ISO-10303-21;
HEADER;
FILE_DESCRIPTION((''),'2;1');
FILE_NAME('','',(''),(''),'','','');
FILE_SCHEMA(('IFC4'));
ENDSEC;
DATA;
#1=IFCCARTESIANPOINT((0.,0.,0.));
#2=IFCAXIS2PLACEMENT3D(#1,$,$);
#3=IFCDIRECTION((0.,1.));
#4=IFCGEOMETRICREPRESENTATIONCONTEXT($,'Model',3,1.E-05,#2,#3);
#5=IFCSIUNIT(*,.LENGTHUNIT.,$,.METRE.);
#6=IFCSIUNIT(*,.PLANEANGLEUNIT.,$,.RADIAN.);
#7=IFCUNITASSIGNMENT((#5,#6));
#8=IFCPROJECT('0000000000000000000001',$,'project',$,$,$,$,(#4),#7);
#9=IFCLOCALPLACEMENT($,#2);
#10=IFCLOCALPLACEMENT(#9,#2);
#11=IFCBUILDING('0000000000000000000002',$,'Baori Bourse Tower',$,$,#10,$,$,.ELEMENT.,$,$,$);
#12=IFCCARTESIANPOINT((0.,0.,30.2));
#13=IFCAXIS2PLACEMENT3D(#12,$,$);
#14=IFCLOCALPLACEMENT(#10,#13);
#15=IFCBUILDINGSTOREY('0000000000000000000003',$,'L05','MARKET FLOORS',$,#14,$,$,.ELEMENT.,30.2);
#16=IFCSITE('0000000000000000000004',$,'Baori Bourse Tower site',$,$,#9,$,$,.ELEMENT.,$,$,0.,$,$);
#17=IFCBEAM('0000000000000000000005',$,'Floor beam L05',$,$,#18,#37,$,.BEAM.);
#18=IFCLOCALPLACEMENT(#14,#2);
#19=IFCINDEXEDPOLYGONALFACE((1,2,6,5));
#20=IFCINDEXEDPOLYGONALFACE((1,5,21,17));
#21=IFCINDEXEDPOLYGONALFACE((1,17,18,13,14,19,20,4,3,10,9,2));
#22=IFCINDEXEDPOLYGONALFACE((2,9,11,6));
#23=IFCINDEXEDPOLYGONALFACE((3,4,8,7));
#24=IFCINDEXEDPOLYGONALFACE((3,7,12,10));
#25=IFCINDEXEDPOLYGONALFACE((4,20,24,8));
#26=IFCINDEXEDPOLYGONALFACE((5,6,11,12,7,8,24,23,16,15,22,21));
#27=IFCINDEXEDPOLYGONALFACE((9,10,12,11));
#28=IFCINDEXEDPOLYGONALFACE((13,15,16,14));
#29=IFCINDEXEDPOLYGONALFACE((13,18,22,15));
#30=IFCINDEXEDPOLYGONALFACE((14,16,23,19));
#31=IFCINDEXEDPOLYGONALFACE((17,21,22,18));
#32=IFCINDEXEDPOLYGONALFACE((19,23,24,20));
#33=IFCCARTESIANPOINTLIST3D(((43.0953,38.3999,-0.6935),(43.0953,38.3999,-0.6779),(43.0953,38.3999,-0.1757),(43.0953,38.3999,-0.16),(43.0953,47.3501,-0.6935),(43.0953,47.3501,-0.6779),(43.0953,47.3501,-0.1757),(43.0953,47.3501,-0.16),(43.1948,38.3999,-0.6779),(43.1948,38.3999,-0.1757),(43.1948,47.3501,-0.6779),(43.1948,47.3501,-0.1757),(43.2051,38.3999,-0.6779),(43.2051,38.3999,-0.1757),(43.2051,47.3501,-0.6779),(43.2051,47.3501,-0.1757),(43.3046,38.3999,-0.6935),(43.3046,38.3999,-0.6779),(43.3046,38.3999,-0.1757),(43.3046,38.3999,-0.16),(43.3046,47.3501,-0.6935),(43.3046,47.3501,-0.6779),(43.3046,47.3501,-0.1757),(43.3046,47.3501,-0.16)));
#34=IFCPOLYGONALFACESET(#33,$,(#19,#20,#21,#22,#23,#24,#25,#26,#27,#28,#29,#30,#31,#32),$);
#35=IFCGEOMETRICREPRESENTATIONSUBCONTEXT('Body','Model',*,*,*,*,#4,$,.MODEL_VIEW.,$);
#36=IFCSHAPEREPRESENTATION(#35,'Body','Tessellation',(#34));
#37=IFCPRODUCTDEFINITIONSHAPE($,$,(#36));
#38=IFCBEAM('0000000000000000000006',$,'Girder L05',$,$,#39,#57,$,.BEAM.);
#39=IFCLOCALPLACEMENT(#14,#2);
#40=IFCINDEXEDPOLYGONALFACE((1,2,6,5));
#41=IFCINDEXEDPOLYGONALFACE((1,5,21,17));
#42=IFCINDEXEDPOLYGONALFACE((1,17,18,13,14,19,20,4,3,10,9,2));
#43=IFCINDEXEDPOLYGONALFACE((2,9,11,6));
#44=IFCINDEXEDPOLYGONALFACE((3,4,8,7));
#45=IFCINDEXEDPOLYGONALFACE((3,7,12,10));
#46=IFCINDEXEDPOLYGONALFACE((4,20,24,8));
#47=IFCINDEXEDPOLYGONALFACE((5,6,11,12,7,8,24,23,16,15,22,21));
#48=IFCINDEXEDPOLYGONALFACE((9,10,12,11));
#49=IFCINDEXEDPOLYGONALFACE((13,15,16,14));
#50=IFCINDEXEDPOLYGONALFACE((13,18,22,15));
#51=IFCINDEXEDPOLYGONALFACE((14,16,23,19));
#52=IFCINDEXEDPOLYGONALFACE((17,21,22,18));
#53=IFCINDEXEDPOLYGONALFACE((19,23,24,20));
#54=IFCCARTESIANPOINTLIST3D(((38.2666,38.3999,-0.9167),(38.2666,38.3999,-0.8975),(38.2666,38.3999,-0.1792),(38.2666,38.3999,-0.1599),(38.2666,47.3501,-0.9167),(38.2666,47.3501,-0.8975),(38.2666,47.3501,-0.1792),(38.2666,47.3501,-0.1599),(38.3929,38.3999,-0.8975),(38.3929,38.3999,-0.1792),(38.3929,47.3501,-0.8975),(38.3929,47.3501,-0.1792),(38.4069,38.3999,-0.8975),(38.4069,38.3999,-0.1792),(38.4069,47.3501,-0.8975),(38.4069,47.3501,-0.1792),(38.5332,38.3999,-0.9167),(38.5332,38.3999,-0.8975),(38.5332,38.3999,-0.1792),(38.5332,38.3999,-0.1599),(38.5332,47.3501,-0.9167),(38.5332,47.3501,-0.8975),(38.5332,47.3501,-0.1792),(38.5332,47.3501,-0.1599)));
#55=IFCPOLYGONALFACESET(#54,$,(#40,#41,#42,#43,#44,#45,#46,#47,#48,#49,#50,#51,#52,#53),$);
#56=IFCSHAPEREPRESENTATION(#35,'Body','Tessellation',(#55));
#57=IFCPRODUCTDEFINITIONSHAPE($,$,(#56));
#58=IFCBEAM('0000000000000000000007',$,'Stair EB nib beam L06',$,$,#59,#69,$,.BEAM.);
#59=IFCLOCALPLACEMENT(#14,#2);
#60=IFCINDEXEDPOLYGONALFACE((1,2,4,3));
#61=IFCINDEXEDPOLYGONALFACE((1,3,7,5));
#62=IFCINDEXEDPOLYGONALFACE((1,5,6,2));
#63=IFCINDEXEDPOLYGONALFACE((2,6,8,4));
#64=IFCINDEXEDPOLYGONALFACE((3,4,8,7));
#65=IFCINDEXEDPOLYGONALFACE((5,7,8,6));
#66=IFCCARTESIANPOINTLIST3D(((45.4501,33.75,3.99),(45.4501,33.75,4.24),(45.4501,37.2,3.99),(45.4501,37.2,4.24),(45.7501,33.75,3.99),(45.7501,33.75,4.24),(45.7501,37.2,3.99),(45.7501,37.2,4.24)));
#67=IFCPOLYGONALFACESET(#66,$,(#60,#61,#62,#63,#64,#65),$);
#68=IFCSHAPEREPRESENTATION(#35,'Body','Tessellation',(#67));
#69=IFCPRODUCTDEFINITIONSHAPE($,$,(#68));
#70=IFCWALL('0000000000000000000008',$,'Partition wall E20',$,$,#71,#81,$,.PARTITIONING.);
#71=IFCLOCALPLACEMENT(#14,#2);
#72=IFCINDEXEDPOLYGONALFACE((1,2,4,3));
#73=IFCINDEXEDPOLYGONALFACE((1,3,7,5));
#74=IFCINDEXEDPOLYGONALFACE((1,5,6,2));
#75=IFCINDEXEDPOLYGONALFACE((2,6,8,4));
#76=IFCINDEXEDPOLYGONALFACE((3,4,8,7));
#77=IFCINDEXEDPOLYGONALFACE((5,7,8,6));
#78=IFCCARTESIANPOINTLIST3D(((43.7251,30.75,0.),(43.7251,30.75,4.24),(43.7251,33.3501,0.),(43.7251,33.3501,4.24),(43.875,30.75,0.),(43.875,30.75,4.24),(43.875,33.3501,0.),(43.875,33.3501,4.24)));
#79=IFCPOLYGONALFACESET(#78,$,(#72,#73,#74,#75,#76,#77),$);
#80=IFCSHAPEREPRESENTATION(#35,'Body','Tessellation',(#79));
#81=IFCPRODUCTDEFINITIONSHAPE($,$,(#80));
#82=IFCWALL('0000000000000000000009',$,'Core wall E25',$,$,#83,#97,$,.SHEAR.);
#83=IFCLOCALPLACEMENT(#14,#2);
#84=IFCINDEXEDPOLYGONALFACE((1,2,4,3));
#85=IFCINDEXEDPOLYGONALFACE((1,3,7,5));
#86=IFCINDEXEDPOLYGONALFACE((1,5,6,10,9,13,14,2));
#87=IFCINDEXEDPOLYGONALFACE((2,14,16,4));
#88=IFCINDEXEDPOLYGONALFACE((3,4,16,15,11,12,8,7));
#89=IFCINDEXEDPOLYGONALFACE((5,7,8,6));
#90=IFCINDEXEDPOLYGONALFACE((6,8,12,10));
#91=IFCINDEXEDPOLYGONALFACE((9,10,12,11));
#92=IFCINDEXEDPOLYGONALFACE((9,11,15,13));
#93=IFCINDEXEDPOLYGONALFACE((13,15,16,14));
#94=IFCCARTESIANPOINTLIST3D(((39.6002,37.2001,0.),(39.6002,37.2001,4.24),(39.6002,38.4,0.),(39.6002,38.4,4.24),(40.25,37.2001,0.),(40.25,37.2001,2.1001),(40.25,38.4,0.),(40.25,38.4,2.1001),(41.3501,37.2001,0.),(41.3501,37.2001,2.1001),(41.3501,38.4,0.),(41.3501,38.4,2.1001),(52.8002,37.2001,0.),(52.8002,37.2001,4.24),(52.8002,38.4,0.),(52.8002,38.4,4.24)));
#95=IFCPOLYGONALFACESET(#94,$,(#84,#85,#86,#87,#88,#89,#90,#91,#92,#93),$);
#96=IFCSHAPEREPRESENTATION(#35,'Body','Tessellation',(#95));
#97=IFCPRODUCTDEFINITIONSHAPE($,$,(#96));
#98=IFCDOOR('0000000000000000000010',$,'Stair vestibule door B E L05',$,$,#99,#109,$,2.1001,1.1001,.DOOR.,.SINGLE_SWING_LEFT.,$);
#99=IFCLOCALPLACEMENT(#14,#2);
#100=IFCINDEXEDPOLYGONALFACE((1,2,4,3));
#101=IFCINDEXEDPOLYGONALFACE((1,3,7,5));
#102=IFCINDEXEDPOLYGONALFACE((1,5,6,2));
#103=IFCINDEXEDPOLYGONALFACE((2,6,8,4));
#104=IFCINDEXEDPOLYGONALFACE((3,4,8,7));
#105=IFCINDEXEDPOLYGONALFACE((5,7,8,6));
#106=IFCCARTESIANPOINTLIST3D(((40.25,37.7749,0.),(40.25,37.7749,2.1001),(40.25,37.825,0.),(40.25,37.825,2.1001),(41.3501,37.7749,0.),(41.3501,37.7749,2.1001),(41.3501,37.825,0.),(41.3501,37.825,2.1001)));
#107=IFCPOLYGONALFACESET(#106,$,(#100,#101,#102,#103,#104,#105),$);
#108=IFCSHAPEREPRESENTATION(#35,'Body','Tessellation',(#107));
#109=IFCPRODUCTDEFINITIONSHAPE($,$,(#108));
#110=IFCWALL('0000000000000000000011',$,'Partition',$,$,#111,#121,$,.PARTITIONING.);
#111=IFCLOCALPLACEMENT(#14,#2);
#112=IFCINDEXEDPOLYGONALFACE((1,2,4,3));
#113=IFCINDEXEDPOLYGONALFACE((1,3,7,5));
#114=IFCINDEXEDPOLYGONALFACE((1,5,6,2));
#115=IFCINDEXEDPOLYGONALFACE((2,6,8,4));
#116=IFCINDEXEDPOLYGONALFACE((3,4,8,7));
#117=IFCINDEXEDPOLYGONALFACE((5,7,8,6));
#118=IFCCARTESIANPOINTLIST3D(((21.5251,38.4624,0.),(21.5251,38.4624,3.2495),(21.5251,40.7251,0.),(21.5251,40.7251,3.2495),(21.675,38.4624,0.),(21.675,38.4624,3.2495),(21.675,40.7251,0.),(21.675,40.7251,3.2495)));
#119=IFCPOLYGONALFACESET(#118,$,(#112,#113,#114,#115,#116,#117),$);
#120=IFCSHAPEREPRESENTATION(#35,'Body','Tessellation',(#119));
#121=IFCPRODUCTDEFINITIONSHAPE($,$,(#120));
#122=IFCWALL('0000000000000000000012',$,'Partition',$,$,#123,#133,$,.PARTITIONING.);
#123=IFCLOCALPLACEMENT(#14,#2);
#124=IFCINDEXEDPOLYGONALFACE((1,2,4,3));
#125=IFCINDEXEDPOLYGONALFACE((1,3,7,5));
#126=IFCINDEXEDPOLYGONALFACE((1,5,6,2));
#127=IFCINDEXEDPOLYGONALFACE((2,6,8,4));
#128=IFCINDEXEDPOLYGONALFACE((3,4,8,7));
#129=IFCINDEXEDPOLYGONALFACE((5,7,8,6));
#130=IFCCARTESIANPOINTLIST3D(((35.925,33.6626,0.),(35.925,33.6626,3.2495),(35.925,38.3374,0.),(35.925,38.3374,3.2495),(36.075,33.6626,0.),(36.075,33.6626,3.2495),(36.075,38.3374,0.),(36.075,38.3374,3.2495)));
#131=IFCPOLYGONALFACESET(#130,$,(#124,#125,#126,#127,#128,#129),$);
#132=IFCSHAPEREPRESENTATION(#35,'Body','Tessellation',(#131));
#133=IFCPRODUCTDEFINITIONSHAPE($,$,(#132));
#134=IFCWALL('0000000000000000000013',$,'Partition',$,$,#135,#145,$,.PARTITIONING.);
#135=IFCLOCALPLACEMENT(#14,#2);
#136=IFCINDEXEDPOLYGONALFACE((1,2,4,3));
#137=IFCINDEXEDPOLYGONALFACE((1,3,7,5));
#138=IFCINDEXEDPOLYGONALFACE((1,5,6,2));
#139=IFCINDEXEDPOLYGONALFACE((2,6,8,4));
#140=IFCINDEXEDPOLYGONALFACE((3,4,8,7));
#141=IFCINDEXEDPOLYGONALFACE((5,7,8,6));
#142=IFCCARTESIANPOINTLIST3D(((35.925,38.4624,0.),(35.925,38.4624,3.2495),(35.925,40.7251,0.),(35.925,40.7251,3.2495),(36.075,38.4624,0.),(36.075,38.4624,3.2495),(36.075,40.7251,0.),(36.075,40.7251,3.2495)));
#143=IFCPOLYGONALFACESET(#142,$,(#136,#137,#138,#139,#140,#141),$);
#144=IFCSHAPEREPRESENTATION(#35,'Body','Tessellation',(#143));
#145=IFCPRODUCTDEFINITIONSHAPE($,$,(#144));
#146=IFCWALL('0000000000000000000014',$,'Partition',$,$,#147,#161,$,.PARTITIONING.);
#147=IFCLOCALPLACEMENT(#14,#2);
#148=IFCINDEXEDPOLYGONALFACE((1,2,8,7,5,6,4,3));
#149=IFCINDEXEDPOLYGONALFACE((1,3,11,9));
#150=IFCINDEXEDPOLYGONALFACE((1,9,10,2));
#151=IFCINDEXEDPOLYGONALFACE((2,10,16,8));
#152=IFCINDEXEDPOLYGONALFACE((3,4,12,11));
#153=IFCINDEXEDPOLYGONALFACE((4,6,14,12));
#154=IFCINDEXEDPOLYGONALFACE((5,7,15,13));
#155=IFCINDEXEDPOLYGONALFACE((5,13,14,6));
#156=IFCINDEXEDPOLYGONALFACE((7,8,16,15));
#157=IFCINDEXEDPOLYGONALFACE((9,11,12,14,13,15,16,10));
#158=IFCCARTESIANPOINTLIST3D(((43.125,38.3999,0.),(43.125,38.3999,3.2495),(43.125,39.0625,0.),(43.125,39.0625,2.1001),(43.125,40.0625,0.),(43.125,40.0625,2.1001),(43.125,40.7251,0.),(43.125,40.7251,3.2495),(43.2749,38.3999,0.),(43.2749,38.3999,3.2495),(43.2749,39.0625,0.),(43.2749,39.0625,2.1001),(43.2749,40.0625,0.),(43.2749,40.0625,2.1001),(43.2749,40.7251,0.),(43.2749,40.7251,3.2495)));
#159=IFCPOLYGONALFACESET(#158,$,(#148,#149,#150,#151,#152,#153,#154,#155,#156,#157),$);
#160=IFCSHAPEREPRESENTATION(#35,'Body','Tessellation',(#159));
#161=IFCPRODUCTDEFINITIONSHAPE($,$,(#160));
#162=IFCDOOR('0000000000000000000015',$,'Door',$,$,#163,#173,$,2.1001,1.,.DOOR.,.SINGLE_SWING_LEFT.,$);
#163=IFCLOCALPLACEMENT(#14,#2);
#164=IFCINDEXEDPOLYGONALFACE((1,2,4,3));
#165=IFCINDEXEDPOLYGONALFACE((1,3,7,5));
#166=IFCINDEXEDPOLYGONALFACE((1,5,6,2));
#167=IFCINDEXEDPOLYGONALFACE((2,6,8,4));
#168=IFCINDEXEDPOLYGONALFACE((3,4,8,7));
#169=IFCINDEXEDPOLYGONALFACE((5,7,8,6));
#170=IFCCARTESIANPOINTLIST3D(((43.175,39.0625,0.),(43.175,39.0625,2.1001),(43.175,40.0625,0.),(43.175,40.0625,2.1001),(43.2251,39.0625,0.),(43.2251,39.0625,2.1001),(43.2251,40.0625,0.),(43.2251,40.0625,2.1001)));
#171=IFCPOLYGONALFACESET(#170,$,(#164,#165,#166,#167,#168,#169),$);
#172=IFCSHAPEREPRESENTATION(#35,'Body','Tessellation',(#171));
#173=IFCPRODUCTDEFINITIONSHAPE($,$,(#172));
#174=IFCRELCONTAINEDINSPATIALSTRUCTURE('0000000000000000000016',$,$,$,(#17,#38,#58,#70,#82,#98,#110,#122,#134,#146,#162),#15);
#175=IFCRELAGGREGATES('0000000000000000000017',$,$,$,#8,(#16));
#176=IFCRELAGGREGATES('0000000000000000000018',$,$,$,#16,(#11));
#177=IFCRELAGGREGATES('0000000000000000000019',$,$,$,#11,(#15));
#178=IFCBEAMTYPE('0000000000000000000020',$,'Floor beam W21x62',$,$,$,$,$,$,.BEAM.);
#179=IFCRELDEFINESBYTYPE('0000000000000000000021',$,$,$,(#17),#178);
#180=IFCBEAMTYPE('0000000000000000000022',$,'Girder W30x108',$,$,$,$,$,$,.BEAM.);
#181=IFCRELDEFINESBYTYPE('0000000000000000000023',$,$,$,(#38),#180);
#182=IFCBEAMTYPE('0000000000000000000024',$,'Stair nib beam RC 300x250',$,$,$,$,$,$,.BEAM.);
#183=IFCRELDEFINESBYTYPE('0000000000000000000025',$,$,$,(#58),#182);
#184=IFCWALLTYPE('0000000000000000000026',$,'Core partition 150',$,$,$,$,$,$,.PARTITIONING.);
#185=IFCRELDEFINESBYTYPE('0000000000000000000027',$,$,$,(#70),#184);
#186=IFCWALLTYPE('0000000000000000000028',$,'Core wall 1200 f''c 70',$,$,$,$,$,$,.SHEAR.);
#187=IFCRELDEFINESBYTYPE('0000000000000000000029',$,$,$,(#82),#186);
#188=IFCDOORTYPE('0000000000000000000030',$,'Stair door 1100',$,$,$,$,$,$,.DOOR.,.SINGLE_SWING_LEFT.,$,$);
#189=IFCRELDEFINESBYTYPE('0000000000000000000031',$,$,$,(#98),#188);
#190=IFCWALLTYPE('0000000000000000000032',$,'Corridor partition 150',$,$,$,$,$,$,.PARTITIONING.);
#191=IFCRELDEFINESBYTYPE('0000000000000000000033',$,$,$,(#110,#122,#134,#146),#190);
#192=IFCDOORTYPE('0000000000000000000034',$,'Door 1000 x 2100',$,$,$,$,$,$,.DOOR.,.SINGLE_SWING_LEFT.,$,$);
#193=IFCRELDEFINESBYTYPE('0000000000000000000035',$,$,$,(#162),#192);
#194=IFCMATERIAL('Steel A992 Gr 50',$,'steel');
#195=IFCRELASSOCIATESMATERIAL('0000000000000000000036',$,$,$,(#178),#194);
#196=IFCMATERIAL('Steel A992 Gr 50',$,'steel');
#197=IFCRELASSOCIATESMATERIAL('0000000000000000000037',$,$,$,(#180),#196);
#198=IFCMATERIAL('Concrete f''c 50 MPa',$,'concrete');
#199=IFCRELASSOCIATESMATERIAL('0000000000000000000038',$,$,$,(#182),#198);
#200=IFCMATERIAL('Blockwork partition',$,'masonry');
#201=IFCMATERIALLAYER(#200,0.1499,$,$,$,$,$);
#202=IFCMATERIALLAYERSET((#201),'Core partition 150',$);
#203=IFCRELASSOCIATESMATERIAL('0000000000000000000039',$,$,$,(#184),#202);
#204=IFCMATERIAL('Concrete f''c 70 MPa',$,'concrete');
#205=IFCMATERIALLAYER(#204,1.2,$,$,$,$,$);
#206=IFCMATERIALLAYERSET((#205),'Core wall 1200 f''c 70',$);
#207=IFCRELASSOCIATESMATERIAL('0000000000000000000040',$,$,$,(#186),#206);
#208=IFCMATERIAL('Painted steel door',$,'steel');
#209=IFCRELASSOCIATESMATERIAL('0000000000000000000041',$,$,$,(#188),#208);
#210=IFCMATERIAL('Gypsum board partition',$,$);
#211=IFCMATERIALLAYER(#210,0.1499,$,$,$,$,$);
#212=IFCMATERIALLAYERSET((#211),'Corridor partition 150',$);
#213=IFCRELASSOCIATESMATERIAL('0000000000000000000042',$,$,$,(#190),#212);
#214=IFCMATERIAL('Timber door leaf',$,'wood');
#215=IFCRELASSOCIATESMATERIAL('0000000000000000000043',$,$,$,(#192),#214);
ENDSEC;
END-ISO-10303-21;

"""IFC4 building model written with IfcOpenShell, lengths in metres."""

from ifc_helpers import new_model, si_unit, direction, frame, frame_2d, origin, origin_2d, place, context, subcontext, project, spatial, rectangle, i_section, extrude, material, layer, layer_set, material_profile, profile_set, type_object, element, fill, save


model = new_model("IFC4")

# Units and contexts
model_context = context("Model", 3, precision=1e-05, world=origin(), true_north=direction((0.0, 1.0)))
body_context = subcontext(model_context, "Body", "Model", "MODEL_VIEW")
ifc_project = project(units=[si_unit("LENGTHUNIT", "METRE"), si_unit("PLANEANGLEUNIT", "RADIAN")], contexts=[model_context])

# Site, building, storey
site_placement = place(None, origin())
site = spatial("IfcSite", under=ifc_project, at=site_placement, Name="Baori Bourse Tower site", CompositionType="ELEMENT", RefElevation=0.0)
building_placement = place(site_placement, origin())
building = spatial("IfcBuilding", under=site, at=building_placement, Name="Baori Bourse Tower", CompositionType="ELEMENT")
storey_placement = place(building_placement, frame((0.0, 0.0, 30.2)))
storey = spatial("IfcBuildingStorey", under=building, at=storey_placement, Name="L05", Description="MARKET FLOORS", CompositionType="ELEMENT", Elevation=30.2)

# Beams
ifc_material_1 = material(Name="Steel A992 Gr 50", Category="steel")
ifc_material_profile_1 = material_profile(ifc_material_1, i_section(OverallWidth=0.2092, OverallDepth=0.5334, WebThickness=0.0103, FlangeThickness=0.0156, at=origin_2d()), Name="W21x62")
ifc_profile_set_1 = profile_set([ifc_material_profile_1], Name="Steel A992 Gr 50")
beam_type_1 = type_object("IfcBeamType", Name="Floor beam W21x62", PredefinedType="BEAM", material=ifc_profile_set_1)
beam_1_placement = place(storey_placement, frame((43.2, 38.3999, -0.4268), z_axis=(0.0, 1.0, 0.0), x_axis=(-1.0, 0.0, 0.0)))
element("IfcBeam", 1, at=beam_1_placement, inside=storey, type_object=beam_type_1, Name="Floor beam L05", PredefinedType="BEAM", context=body_context, shape_type="SweptSolid", body=[
    extrude(i_section(OverallWidth=0.2092, OverallDepth=0.5334, WebThickness=0.0103, FlangeThickness=0.0156, at=origin_2d()), origin(), (0.0, 0.0, 1.0), 8.9502),
])
ifc_material_2 = material(Name="Steel A992 Gr 50", Category="steel")
ifc_material_profile_2 = material_profile(ifc_material_2, i_section(OverallWidth=0.2666, OverallDepth=0.7568, WebThickness=0.0139, FlangeThickness=0.0193, at=origin_2d()), Name="W30x108")
ifc_profile_set_2 = profile_set([ifc_material_profile_2], Name="Steel A992 Gr 50")
beam_type_2 = type_object("IfcBeamType", Name="Girder W30x108", PredefinedType="BEAM", material=ifc_profile_set_2)
beam_2_placement = place(storey_placement, frame((38.3999, 38.3999, -0.5383), z_axis=(0.0, 1.0, 0.0), x_axis=(-1.0, 0.0, 0.0)))
element("IfcBeam", 2, at=beam_2_placement, inside=storey, type_object=beam_type_2, Name="Girder L05", PredefinedType="BEAM", context=body_context, shape_type="SweptSolid", body=[
    extrude(i_section(OverallWidth=0.2666, OverallDepth=0.7568, WebThickness=0.0139, FlangeThickness=0.0193, at=origin_2d()), origin(), (0.0, 0.0, 1.0), 8.9502),
])
ifc_material_3 = material(Name="Concrete f'c 50 MPa", Category="concrete")
ifc_material_profile_3 = material_profile(ifc_material_3, rectangle(XDim=0.3, YDim=0.25, at=origin_2d()), Name="RC 300x250")
ifc_profile_set_3 = profile_set([ifc_material_profile_3], Name="Concrete f'c 50 MPa")
beam_type_3 = type_object("IfcBeamType", Name="Stair nib beam RC 300x250", PredefinedType="BEAM", material=ifc_profile_set_3)
beam_3_placement = place(storey_placement, frame((45.6001, 33.75, 4.115), z_axis=(0.0, 1.0, 0.0), x_axis=(-1.0, 0.0, 0.0)))
element("IfcBeam", 3, at=beam_3_placement, inside=storey, type_object=beam_type_3, Name="Stair EB nib beam L06", PredefinedType="BEAM", context=body_context, shape_type="SweptSolid", body=[
    extrude(rectangle(XDim=0.3, YDim=0.25, at=origin_2d()), origin(), (0.0, 0.0, 1.0), 3.45),
])

# Wall
ifc_material_4 = material(Name="Blockwork partition", Category="masonry")
ifc_layer_1 = layer(ifc_material_4, 0.1499)
ifc_layer_set_1 = layer_set([ifc_layer_1], Name="Core partition 150")
wall_type_1 = type_object("IfcWallType", Name="Core partition 150", PredefinedType="PARTITIONING", material=ifc_layer_set_1)
wall_1_placement = place(storey_placement, frame((43.8, 30.75, 0.0), z_axis=(0.0, 0.0, 1.0), x_axis=(0.0, 1.0, 0.0)))
element("IfcWall", 4, at=wall_1_placement, inside=storey, type_object=wall_type_1, Name="Partition wall E20", PredefinedType="PARTITIONING", context=body_context, shape_type="SweptSolid", body=[
    extrude(rectangle(XDim=2.6001, YDim=0.1499, at=frame_2d((1.3, 0.0))), origin(), (0.0, 0.0, 1.0), 4.24),
])

# Wall, opening, door
ifc_material_5 = material(Name="Concrete f'c 70 MPa", Category="concrete")
ifc_layer_2 = layer(ifc_material_5, 1.2)
ifc_layer_set_2 = layer_set([ifc_layer_2], Name="Core wall 1200 f'c 70")
wall_type_2 = type_object("IfcWallType", Name="Core wall 1200 f'c 70", PredefinedType="SHEAR", material=ifc_layer_set_2)
wall_2_placement = place(storey_placement, frame((39.6001, 37.8, 0.0), z_axis=(0.0, 0.0, 1.0), x_axis=(1.0, 0.0, 0.0)))
wall_2 = element("IfcWall", 5, at=wall_2_placement, inside=storey, type_object=wall_type_2, Name="Core wall E25", PredefinedType="SHEAR", context=body_context, shape_type="SweptSolid", body=[
    extrude(rectangle(XDim=13.2, YDim=1.2, at=frame_2d((6.6001, 0.0))), origin(), (0.0, 0.0, 1.0), 4.24),
])
opening_1_placement = place(wall_2_placement, frame((0.6499, 0.0, 0.0)))
opening_1 = element("IfcOpeningElement", 6, at=opening_1_placement, cuts=wall_2, PredefinedType="OPENING", context=body_context, shape_type="SweptSolid", body=[
    extrude(rectangle(XDim=1.1001, YDim=2.1001, at=frame_2d((0.55, 1.05))), frame((0.0, 0.6099, 0.0), z_axis=(0.0, -1.0, 0.0), x_axis=(1.0, 0.0, 0.0)), (0.0, 0.0, 1.0), 1.22),
])
ifc_material_6 = material(Name="Painted steel door", Category="steel")
door_type_1 = type_object("IfcDoorType", Name="Stair door 1100", OperationType="SINGLE_SWING_LEFT", PredefinedType="DOOR", material=ifc_material_6)
door_1_placement = place(opening_1_placement, origin())
door_1 = element("IfcDoor", 7, at=door_1_placement, inside=storey, type_object=door_type_1, Name="Stair vestibule door B E L05", OperationType="SINGLE_SWING_LEFT", OverallHeight=2.1001, OverallWidth=1.1001, PredefinedType="DOOR", context=body_context, shape_type="SweptSolid", body=[
    extrude(rectangle(XDim=1.1001, YDim=2.1001, at=frame_2d((0.55, 1.05))), frame((0.0, 0.0249, 0.0), z_axis=(0.0, -1.0, 0.0), x_axis=(1.0, 0.0, 0.0)), (0.0, 0.0, 1.0), 0.05),
])
fill(opening_1, door_1)

# Walls
ifc_material_7 = material(Name="Gypsum board partition")
ifc_layer_3 = layer(ifc_material_7, 0.1499)
ifc_layer_set_3 = layer_set([ifc_layer_3], Name="Corridor partition 150")
wall_type_3 = type_object("IfcWallType", Name="Corridor partition 150", PredefinedType="PARTITIONING", material=ifc_layer_set_3)
wall_3_placement = place(storey_placement, frame((21.6001, 38.4624, 0.0), z_axis=(0.0, 0.0, 1.0), x_axis=(0.0, 1.0, 0.0)))
element("IfcWall", 8, at=wall_3_placement, inside=storey, type_object=wall_type_3, Name="Partition", PredefinedType="PARTITIONING", context=body_context, shape_type="SweptSolid", body=[
    extrude(rectangle(XDim=2.2627, YDim=0.1499, at=frame_2d((1.1313, 0.0))), origin(), (0.0, 0.0, 1.0), 3.2495),
])
wall_4_placement = place(storey_placement, frame((36.0, 33.6626, 0.0), z_axis=(0.0, 0.0, 1.0), x_axis=(0.0, 1.0, 0.0)))
element("IfcWall", 9, at=wall_4_placement, inside=storey, type_object=wall_type_3, Name="Partition", PredefinedType="PARTITIONING", context=body_context, shape_type="SweptSolid", body=[
    extrude(rectangle(XDim=4.6748, YDim=0.1499, at=frame_2d((2.3374, 0.0))), origin(), (0.0, 0.0, 1.0), 3.2495),
])
wall_5_placement = place(storey_placement, frame((36.0, 38.4624, 0.0), z_axis=(0.0, 0.0, 1.0), x_axis=(0.0, 1.0, 0.0)))
element("IfcWall", 10, at=wall_5_placement, inside=storey, type_object=wall_type_3, Name="Partition", PredefinedType="PARTITIONING", context=body_context, shape_type="SweptSolid", body=[
    extrude(rectangle(XDim=2.2627, YDim=0.1499, at=frame_2d((1.1313, 0.0))), origin(), (0.0, 0.0, 1.0), 3.2495),
])

# Wall, opening, door
wall_6_placement = place(storey_placement, frame((43.2, 38.3999, 0.0), z_axis=(0.0, 0.0, 1.0), x_axis=(0.0, 1.0, 0.0)))
wall_6 = element("IfcWall", 11, at=wall_6_placement, inside=storey, type_object=wall_type_3, Name="Partition", PredefinedType="PARTITIONING", context=body_context, shape_type="SweptSolid", body=[
    extrude(rectangle(XDim=2.3252, YDim=0.1499, at=frame_2d((1.1626, 0.0))), origin(), (0.0, 0.0, 1.0), 3.2495),
])
opening_2_placement = place(wall_6_placement, frame((0.6626, 0.0, 0.0)))
opening_2 = element("IfcOpeningElement", 12, at=opening_2_placement, cuts=wall_6, PredefinedType="OPENING", context=body_context, shape_type="SweptSolid", body=[
    extrude(rectangle(XDim=1.0, YDim=2.1001, at=frame_2d((0.5, 1.05))), frame((0.0, 0.085, 0.0), z_axis=(0.0, -1.0, 0.0), x_axis=(1.0, 0.0, 0.0)), (0.0, 0.0, 1.0), 0.1699),
])
ifc_material_8 = material(Name="Timber door leaf", Category="wood")
door_type_2 = type_object("IfcDoorType", Name="Door 1000 x 2100", OperationType="SINGLE_SWING_LEFT", PredefinedType="DOOR", material=ifc_material_8)
door_2_placement = place(opening_2_placement, origin())
door_2 = element("IfcDoor", 13, at=door_2_placement, inside=storey, type_object=door_type_2, Name="Door", OperationType="SINGLE_SWING_LEFT", OverallHeight=2.1001, OverallWidth=1.0, PredefinedType="DOOR", context=body_context, shape_type="SweptSolid", body=[
    extrude(rectangle(XDim=1.0, YDim=2.1001, at=frame_2d((0.5, 1.05))), frame((0.0, 0.0249, 0.0), z_axis=(0.0, -1.0, 0.0), x_axis=(1.0, 0.0, 0.0)), (0.0, 0.0, 1.0), 0.05),
])
fill(opening_2, door_2)

save(model, "model.ifc")
